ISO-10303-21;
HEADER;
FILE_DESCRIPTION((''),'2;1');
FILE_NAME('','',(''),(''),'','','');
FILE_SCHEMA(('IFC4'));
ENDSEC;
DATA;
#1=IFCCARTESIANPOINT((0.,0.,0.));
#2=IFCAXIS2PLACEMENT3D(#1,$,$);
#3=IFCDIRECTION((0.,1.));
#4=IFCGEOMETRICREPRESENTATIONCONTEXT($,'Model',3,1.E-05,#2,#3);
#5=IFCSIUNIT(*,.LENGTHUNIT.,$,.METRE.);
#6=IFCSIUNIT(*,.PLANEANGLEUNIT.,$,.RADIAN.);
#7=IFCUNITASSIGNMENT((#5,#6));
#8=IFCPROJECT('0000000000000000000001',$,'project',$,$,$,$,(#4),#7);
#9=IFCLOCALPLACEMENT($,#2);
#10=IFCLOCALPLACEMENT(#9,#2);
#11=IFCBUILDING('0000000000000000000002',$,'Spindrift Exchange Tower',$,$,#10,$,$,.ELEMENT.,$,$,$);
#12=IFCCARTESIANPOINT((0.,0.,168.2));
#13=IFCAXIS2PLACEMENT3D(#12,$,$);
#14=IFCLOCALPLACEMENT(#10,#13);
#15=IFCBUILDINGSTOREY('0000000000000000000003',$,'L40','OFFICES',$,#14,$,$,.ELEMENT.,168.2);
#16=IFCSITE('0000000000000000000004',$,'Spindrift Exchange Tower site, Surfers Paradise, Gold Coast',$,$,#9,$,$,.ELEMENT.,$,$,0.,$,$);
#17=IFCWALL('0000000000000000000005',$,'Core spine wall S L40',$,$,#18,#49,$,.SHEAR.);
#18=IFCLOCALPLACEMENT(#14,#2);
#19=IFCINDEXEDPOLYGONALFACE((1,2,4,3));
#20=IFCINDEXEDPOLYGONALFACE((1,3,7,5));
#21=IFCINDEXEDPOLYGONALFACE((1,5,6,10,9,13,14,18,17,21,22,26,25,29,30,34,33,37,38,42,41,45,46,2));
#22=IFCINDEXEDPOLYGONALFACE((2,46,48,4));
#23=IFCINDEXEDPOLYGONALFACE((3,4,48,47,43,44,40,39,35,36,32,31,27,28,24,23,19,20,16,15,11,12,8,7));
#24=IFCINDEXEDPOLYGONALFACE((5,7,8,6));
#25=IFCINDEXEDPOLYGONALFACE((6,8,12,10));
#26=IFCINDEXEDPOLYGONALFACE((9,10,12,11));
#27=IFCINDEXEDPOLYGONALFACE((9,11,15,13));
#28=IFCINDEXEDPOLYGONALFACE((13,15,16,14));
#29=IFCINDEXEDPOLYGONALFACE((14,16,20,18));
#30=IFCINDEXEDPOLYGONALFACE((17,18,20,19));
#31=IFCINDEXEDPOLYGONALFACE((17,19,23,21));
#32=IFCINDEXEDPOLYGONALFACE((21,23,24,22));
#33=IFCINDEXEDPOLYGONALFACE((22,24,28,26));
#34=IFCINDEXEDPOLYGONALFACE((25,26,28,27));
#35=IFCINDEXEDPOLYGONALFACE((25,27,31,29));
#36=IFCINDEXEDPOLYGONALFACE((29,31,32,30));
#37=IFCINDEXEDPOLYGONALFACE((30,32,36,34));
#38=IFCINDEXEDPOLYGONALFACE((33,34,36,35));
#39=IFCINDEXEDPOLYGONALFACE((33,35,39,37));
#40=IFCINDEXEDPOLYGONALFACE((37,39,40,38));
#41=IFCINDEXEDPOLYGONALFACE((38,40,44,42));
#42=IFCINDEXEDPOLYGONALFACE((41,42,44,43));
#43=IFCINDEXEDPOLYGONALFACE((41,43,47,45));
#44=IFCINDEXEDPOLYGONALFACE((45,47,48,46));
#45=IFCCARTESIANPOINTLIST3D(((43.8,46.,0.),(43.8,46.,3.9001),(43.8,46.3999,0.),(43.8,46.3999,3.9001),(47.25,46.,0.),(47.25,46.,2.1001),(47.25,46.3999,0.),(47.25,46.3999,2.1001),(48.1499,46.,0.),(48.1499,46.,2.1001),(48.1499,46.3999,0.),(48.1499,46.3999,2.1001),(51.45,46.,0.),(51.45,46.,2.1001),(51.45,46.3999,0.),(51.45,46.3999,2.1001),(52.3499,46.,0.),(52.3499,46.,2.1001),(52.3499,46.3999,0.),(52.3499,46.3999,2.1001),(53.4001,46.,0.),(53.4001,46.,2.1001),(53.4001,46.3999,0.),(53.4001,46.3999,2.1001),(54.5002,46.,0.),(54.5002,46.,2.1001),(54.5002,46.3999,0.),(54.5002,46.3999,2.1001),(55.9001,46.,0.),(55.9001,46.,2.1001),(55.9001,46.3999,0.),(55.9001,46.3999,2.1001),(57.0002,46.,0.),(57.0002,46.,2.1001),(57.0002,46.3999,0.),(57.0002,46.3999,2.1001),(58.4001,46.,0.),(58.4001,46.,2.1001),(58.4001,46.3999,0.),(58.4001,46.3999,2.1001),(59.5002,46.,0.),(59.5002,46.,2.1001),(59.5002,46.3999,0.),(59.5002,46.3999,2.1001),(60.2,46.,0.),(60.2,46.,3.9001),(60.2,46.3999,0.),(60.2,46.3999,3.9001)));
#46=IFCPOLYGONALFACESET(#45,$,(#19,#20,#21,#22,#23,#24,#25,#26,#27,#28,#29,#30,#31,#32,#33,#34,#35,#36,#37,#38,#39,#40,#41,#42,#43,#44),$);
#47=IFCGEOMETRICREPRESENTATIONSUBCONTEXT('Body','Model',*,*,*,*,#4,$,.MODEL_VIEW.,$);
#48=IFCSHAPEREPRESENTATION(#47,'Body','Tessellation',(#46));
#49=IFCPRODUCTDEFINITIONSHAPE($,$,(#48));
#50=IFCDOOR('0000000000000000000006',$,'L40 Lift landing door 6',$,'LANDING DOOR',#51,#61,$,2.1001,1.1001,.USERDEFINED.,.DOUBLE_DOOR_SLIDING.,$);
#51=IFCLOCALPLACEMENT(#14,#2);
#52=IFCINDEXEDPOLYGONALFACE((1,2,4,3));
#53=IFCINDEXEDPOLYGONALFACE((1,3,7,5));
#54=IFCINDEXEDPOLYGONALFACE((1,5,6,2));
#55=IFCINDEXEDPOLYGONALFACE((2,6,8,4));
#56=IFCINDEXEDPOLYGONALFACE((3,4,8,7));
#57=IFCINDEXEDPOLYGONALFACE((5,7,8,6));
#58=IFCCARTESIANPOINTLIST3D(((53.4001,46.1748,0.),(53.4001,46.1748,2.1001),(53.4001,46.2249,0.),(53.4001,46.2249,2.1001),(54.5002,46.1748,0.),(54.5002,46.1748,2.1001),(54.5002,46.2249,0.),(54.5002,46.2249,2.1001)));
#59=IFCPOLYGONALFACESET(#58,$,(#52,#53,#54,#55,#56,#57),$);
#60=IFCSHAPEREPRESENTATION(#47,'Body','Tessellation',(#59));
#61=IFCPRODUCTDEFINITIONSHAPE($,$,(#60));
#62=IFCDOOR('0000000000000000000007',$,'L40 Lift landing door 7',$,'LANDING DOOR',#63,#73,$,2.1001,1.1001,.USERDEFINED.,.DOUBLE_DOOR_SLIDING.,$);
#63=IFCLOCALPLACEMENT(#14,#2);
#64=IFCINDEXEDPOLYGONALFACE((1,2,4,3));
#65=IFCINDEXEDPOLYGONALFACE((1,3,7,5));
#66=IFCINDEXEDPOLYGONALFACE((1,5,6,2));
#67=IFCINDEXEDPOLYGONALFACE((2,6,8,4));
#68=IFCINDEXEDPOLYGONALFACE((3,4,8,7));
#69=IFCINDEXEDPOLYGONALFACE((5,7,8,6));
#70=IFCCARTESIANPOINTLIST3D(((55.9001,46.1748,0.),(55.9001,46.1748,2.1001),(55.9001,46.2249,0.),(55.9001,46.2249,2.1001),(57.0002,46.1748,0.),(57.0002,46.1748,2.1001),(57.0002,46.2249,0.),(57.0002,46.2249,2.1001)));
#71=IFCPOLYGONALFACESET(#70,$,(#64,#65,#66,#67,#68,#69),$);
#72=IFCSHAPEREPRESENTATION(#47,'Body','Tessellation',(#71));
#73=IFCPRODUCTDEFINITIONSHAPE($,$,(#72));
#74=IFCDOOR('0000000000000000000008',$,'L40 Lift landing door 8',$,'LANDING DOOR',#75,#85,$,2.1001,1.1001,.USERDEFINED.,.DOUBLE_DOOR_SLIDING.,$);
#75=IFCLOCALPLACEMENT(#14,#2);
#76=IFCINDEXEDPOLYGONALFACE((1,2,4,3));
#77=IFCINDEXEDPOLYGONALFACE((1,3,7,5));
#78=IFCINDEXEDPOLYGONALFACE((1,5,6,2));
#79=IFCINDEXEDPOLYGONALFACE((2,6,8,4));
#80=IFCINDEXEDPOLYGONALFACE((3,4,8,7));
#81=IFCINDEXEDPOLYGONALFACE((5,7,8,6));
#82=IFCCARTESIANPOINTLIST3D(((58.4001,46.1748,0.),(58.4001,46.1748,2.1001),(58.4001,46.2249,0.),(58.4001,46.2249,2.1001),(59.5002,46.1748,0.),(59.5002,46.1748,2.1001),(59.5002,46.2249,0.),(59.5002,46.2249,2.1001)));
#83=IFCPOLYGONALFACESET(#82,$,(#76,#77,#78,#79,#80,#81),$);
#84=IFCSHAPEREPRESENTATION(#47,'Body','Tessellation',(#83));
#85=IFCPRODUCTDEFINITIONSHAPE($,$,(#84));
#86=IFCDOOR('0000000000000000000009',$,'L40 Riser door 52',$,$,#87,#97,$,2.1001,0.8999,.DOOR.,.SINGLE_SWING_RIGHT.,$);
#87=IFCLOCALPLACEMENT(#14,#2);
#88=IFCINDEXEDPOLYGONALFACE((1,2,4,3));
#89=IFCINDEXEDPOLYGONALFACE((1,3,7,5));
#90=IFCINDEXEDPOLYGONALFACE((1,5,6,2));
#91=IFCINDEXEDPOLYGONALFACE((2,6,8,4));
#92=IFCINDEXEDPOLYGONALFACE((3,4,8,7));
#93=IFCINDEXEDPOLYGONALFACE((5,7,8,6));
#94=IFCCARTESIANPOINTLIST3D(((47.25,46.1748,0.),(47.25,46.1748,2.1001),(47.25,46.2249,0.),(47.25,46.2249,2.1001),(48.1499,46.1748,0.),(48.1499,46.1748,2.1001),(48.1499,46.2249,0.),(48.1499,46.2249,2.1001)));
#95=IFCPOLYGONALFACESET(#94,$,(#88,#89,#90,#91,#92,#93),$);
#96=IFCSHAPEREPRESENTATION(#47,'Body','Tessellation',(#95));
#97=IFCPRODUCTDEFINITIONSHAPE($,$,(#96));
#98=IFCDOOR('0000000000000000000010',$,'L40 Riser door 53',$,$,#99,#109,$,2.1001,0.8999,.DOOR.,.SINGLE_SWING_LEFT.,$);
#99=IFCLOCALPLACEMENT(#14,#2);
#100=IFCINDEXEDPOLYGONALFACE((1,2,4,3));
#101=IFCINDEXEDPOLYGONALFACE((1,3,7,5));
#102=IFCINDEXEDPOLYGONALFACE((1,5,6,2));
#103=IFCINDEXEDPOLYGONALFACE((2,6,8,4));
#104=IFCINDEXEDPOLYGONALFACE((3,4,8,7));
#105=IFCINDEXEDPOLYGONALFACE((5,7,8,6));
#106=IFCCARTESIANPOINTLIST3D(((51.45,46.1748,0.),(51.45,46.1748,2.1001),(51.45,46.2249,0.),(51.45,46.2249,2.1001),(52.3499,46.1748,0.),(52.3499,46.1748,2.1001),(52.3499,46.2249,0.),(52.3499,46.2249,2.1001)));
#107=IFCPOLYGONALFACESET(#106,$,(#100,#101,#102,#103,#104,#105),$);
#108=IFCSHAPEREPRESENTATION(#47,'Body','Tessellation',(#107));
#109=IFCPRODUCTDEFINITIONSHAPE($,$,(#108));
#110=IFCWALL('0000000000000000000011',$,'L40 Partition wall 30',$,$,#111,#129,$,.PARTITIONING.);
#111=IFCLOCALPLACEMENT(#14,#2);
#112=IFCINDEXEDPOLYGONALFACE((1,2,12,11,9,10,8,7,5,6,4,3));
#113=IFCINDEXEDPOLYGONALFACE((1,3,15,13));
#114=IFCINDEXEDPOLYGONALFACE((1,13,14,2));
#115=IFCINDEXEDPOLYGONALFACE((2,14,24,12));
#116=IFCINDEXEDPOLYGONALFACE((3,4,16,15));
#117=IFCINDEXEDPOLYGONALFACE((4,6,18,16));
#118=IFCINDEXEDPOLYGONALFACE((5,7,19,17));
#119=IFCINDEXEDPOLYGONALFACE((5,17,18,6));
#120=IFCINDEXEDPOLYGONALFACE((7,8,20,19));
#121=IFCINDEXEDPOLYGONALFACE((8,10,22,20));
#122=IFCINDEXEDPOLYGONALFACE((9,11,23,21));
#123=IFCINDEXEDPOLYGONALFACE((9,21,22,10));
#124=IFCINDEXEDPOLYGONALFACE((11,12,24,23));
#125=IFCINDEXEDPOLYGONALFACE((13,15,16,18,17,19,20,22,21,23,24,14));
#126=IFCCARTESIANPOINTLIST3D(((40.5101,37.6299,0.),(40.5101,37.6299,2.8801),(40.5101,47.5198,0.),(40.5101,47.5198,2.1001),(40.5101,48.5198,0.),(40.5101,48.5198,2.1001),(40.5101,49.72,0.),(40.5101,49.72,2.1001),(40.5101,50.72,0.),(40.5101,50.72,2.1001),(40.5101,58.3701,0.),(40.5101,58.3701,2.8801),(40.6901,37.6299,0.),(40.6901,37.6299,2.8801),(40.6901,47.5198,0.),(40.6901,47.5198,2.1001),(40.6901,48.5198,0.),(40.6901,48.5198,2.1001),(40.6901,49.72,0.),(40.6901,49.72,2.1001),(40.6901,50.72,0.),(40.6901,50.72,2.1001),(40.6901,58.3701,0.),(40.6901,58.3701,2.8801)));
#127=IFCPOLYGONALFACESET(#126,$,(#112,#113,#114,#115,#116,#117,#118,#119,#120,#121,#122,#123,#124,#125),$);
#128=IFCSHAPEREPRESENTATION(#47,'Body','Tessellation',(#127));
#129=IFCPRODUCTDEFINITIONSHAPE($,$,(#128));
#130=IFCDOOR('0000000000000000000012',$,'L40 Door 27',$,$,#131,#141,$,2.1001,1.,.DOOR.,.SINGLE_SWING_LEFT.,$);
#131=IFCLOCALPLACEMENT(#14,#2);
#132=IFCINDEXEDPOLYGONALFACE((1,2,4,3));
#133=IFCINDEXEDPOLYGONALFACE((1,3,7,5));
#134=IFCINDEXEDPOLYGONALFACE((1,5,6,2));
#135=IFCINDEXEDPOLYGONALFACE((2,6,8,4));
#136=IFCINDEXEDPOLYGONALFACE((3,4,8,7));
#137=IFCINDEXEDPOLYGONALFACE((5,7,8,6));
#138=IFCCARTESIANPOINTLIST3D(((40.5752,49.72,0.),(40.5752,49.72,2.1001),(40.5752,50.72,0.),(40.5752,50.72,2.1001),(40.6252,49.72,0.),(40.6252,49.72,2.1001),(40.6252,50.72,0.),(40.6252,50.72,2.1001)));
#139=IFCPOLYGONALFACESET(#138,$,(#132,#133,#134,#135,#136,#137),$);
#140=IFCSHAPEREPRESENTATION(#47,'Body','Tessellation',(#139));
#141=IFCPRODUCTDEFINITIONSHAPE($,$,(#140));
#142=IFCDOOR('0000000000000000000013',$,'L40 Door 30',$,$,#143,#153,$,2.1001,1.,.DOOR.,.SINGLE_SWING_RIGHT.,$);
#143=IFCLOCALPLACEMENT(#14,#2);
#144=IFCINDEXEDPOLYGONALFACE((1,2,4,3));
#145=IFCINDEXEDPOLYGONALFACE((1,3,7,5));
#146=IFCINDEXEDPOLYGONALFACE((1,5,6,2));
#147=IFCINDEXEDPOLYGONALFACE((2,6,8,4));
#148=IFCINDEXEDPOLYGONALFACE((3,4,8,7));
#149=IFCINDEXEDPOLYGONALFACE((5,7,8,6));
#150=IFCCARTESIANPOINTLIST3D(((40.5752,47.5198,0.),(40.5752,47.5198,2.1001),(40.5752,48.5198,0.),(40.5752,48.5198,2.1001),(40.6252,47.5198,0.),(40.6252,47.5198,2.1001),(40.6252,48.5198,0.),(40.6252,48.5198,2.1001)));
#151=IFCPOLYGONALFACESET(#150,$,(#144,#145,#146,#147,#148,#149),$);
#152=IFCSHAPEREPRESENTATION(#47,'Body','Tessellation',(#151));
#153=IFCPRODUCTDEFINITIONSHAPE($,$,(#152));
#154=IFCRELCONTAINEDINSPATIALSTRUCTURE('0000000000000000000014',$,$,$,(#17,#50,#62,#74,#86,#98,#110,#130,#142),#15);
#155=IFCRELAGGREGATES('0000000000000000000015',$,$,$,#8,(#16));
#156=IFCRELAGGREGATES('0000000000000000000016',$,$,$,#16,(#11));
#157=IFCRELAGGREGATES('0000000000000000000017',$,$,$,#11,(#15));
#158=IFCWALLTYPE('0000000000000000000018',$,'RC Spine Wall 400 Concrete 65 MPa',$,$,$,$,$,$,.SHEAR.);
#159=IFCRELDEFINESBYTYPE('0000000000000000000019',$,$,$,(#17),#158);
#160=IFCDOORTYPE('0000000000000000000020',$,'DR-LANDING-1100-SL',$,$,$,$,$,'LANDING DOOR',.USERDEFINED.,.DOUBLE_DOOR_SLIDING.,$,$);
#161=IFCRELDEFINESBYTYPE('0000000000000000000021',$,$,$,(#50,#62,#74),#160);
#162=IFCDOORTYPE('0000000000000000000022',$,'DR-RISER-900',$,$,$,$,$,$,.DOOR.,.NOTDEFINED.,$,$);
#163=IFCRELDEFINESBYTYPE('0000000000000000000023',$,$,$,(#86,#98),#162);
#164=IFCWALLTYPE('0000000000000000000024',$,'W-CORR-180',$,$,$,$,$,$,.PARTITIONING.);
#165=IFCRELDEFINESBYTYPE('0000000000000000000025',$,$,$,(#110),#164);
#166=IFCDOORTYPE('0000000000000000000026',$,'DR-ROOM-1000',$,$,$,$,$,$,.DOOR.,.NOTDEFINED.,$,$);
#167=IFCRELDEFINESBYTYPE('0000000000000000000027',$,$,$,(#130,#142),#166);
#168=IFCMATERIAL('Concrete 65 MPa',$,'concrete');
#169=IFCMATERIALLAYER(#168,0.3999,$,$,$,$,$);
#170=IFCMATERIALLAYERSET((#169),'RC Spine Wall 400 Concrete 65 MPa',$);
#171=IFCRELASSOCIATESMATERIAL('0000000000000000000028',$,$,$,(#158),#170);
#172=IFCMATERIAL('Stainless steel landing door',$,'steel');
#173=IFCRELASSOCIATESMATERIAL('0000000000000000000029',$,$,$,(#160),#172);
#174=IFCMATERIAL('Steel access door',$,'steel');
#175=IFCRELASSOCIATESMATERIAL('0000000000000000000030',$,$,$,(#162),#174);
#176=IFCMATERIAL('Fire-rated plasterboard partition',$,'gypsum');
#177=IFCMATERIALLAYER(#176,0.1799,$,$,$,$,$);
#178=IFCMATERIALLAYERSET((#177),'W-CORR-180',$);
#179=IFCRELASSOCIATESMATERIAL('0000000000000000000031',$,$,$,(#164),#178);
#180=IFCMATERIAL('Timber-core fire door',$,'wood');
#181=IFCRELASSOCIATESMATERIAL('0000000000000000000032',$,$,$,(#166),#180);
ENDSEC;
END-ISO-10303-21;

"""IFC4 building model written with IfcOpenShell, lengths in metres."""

from ifc_helpers import new_model, si_unit, direction, frame, frame_2d, origin, place, context, subcontext, project, spatial, rectangle, extrude, source, transform, mapped, material, layer, layer_set, type_object, element, fill, save


model = new_model("IFC4")

# Units and contexts
model_context = context("Model", 3, precision=1e-05, world=origin(), true_north=direction((0.0, 1.0)))
body_context = subcontext(model_context, "Body", "Model", "MODEL_VIEW")
ifc_project = project(units=[si_unit("LENGTHUNIT", "METRE"), si_unit("PLANEANGLEUNIT", "RADIAN")], contexts=[model_context])

# Site, building, storey
site_placement = place(None, origin())
site = spatial("IfcSite", under=ifc_project, at=site_placement, Name="Spindrift Exchange Tower site, Surfers Paradise, Gold Coast", CompositionType="ELEMENT", RefElevation=0.0)
building_placement = place(site_placement, origin())
building = spatial("IfcBuilding", under=site, at=building_placement, Name="Spindrift Exchange Tower", CompositionType="ELEMENT")
storey_placement = place(building_placement, frame((0.0, 0.0, 168.2)))
storey = spatial("IfcBuildingStorey", under=building, at=storey_placement, Name="L40", Description="OFFICES", CompositionType="ELEMENT", Elevation=168.2)

# Walls, openings, doors
ifc_material_1 = material(Name="Concrete 65 MPa", Category="concrete")
ifc_material_2 = material(Name="Timber-core fire door", Category="wood")
ifc_material_3 = material(Name="Steel access door", Category="steel")
ifc_layer_1 = layer(ifc_material_1, 0.3999)
ifc_layer_set_1 = layer_set([ifc_layer_1], Name="RC Spine Wall 400 Concrete 65 MPa")
wall_type_1 = type_object("IfcWallType", Name="RC Spine Wall 400 Concrete 65 MPa", PredefinedType="SHEAR", material=ifc_layer_set_1)
wall_1_placement = place(storey_placement, frame((43.8, 46.2, 0.0), z_axis=(0.0, 0.0, 1.0), x_axis=(1.0, 0.0, 0.0)))
wall_1 = element("IfcWall", 1, at=wall_1_placement, inside=storey, type_object=wall_type_1, Name="Core spine wall S L40", PredefinedType="SHEAR", context=body_context, shape_type="SweptSolid", body=[
    extrude(rectangle(XDim=16.3999, YDim=0.3999, at=frame_2d((8.2, 0.0))), origin(), (0.0, 0.0, 1.0), 3.9001),
])
opening_1_placement = place(wall_1_placement, frame((9.6001, 0.0, 0.0)))
opening_1 = element("IfcOpeningElement", 2, at=opening_1_placement, cuts=wall_1, PredefinedType="OPENING", context=body_context, shape_type="SweptSolid", body=[
    extrude(rectangle(XDim=1.1001, YDim=2.1001, at=frame_2d((0.55, 1.05))), frame((0.0, 0.21, 0.0), z_axis=(0.0, -1.0, 0.0), x_axis=(1.0, 0.0, 0.0)), (0.0, 0.0, 1.0), 0.4199),
])
opening_2_placement = place(wall_1_placement, frame((12.1001, 0.0, 0.0)))
opening_2 = element("IfcOpeningElement", 3, at=opening_2_placement, cuts=wall_1, PredefinedType="OPENING", context=body_context, shape_type="SweptSolid", body=[
    extrude(rectangle(XDim=1.1001, YDim=2.1001, at=frame_2d((0.55, 1.05))), frame((0.0, 0.21, 0.0), z_axis=(0.0, -1.0, 0.0), x_axis=(1.0, 0.0, 0.0)), (0.0, 0.0, 1.0), 0.4199),
])
opening_3_placement = place(wall_1_placement, frame((14.6001, 0.0, 0.0)))
opening_3 = element("IfcOpeningElement", 4, at=opening_3_placement, cuts=wall_1, PredefinedType="OPENING", context=body_context, shape_type="SweptSolid", body=[
    extrude(rectangle(XDim=1.1001, YDim=2.1001, at=frame_2d((0.55, 1.05))), frame((0.0, 0.21, 0.0), z_axis=(0.0, -1.0, 0.0), x_axis=(1.0, 0.0, 0.0)), (0.0, 0.0, 1.0), 0.4199),
])
opening_4_placement = place(wall_1_placement, frame((3.45, 0.0, 0.0)))
opening_4 = element("IfcOpeningElement", 5, at=opening_4_placement, cuts=wall_1, PredefinedType="OPENING", context=body_context, shape_type="SweptSolid", body=[
    extrude(rectangle(XDim=0.8999, YDim=2.1001, at=frame_2d((0.45, 1.05))), frame((0.0, 0.21, 0.0), z_axis=(0.0, -1.0, 0.0), x_axis=(1.0, 0.0, 0.0)), (0.0, 0.0, 1.0), 0.4199),
])
opening_5_placement = place(wall_1_placement, frame((7.6499, 0.0, 0.0)))
opening_5 = element("IfcOpeningElement", 6, at=opening_5_placement, cuts=wall_1, PredefinedType="OPENING", context=body_context, shape_type="SweptSolid", body=[
    extrude(rectangle(XDim=0.8999, YDim=2.1001, at=frame_2d((0.45, 1.05))), frame((0.0, 0.21, 0.0), z_axis=(0.0, -1.0, 0.0), x_axis=(1.0, 0.0, 0.0)), (0.0, 0.0, 1.0), 0.4199),
])
ifc_material_4 = material(Name="Stainless steel landing door", Category="steel")
door_type_1 = type_object("IfcDoorType", Name="DR-LANDING-1100-SL", ElementType="LANDING DOOR", OperationType="DOUBLE_DOOR_SLIDING", PredefinedType="USERDEFINED", material=ifc_material_4)
shared_shape_1 = source(origin(), body_context, "Body", "SweptSolid", [
    extrude(rectangle(XDim=1.1001, YDim=2.1001, at=frame_2d((0.55, 1.05))), frame((0.0, 0.0249, 0.0), z_axis=(0.0, -1.0, 0.0), x_axis=(1.0, 0.0, 0.0)), (0.0, 0.0, 1.0), 0.05),
])
door_1_placement = place(opening_1_placement, origin())
door_1 = element("IfcDoor", 7, at=door_1_placement, inside=storey, type_object=door_type_1, Name="L40 Lift landing door 6", ObjectType="LANDING DOOR", OperationType="DOUBLE_DOOR_SLIDING", OverallHeight=2.1001, OverallWidth=1.1001, PredefinedType="USERDEFINED", context=body_context, shape_type="MappedRepresentation", body=[
    mapped(shared_shape_1, transform((0.0, 0.0, 0.0), scale=1.0)),
])
fill(opening_1, door_1)
door_2_placement = place(opening_2_placement, origin())
door_2 = element("IfcDoor", 8, at=door_2_placement, inside=storey, type_object=door_type_1, Name="L40 Lift landing door 7", ObjectType="LANDING DOOR", OperationType="DOUBLE_DOOR_SLIDING", OverallHeight=2.1001, OverallWidth=1.1001, PredefinedType="USERDEFINED", context=body_context, shape_type="MappedRepresentation", body=[
    mapped(shared_shape_1, transform((0.0, 0.0, 0.0), scale=1.0)),
])
fill(opening_2, door_2)
door_3_placement = place(opening_3_placement, origin())
door_3 = element("IfcDoor", 9, at=door_3_placement, inside=storey, type_object=door_type_1, Name="L40 Lift landing door 8", ObjectType="LANDING DOOR", OperationType="DOUBLE_DOOR_SLIDING", OverallHeight=2.1001, OverallWidth=1.1001, PredefinedType="USERDEFINED", context=body_context, shape_type="MappedRepresentation", body=[
    mapped(shared_shape_1, transform((0.0, 0.0, 0.0), scale=1.0)),
])
fill(opening_3, door_3)
door_type_2 = type_object("IfcDoorType", Name="DR-RISER-900", OperationType="NOTDEFINED", PredefinedType="DOOR", material=ifc_material_3)
shared_shape_2 = source(origin(), body_context, "Body", "SweptSolid", [
    extrude(rectangle(XDim=0.8999, YDim=2.1001, at=frame_2d((0.45, 1.05))), frame((0.0, 0.0249, 0.0), z_axis=(0.0, -1.0, 0.0), x_axis=(1.0, 0.0, 0.0)), (0.0, 0.0, 1.0), 0.05),
])
door_4_placement = place(opening_4_placement, origin())
door_4 = element("IfcDoor", 10, at=door_4_placement, inside=storey, type_object=door_type_2, Name="L40 Riser door 52", OperationType="SINGLE_SWING_RIGHT", OverallHeight=2.1001, OverallWidth=0.8999, PredefinedType="DOOR", context=body_context, shape_type="MappedRepresentation", body=[
    mapped(shared_shape_2, transform((0.0, 0.0, 0.0), scale=1.0)),
])
fill(opening_4, door_4)
door_5_placement = place(opening_5_placement, origin())
door_5 = element("IfcDoor", 11, at=door_5_placement, inside=storey, type_object=door_type_2, Name="L40 Riser door 53", OperationType="SINGLE_SWING_LEFT", OverallHeight=2.1001, OverallWidth=0.8999, PredefinedType="DOOR", context=body_context, shape_type="MappedRepresentation", body=[
    mapped(shared_shape_2, transform((0.0, 0.0, 0.0), scale=1.0)),
])
fill(opening_5, door_5)
ifc_material_5 = material(Name="Fire-rated plasterboard partition", Category="gypsum")
ifc_layer_2 = layer(ifc_material_5, 0.1799)
ifc_layer_set_2 = layer_set([ifc_layer_2], Name="W-CORR-180")
wall_type_2 = type_object("IfcWallType", Name="W-CORR-180", PredefinedType="PARTITIONING", material=ifc_layer_set_2)
wall_2_placement = place(storey_placement, frame((40.6001, 37.6299, 0.0), z_axis=(0.0, 0.0, 1.0), x_axis=(0.0, 1.0, 0.0)))
wall_2 = element("IfcWall", 12, at=wall_2_placement, inside=storey, type_object=wall_type_2, Name="L40 Partition wall 30", PredefinedType="PARTITIONING", context=body_context, shape_type="SweptSolid", body=[
    extrude(rectangle(XDim=20.7402, YDim=0.1799, at=frame_2d((10.3701, 0.0))), origin(), (0.0, 0.0, 1.0), 2.8801),
])
opening_6_placement = place(wall_2_placement, frame((12.0901, 0.0, 0.0)))
opening_6 = element("IfcOpeningElement", 13, at=opening_6_placement, cuts=wall_2, PredefinedType="OPENING", context=body_context, shape_type="SweptSolid", body=[
    extrude(rectangle(XDim=1.0, YDim=2.1001, at=frame_2d((0.5, 1.05))), frame((0.0, 0.0999, 0.0), z_axis=(0.0, -1.0, 0.0), x_axis=(1.0, 0.0, 0.0)), (0.0, 0.0, 1.0), 0.2),
])
opening_7_placement = place(wall_2_placement, frame((9.8899, 0.0, 0.0)))
opening_7 = element("IfcOpeningElement", 14, at=opening_7_placement, cuts=wall_2, PredefinedType="OPENING", context=body_context, shape_type="SweptSolid", body=[
    extrude(rectangle(XDim=1.0, YDim=2.1001, at=frame_2d((0.5, 1.05))), frame((0.0, 0.0999, 0.0), z_axis=(0.0, -1.0, 0.0), x_axis=(1.0, 0.0, 0.0)), (0.0, 0.0, 1.0), 0.2),
])
door_type_3 = type_object("IfcDoorType", Name="DR-ROOM-1000", OperationType="NOTDEFINED", PredefinedType="DOOR", material=ifc_material_2)
shared_shape_3 = source(origin(), body_context, "Body", "SweptSolid", [
    extrude(rectangle(XDim=1.0, YDim=2.1001, at=frame_2d((0.5, 1.05))), frame((0.0, 0.0249, 0.0), z_axis=(0.0, -1.0, 0.0), x_axis=(1.0, 0.0, 0.0)), (0.0, 0.0, 1.0), 0.05),
])
door_6_placement = place(opening_6_placement, origin())
door_6 = element("IfcDoor", 15, at=door_6_placement, inside=storey, type_object=door_type_3, Name="L40 Door 27", OperationType="SINGLE_SWING_LEFT", OverallHeight=2.1001, OverallWidth=1.0, PredefinedType="DOOR", context=body_context, shape_type="MappedRepresentation", body=[
    mapped(shared_shape_3, transform((0.0, 0.0, 0.0), scale=1.0)),
])
fill(opening_6, door_6)
door_7_placement = place(opening_7_placement, origin())
door_7 = element("IfcDoor", 16, at=door_7_placement, inside=storey, type_object=door_type_3, Name="L40 Door 30", OperationType="SINGLE_SWING_RIGHT", OverallHeight=2.1001, OverallWidth=1.0, PredefinedType="DOOR", context=body_context, shape_type="MappedRepresentation", body=[
    mapped(shared_shape_3, transform((0.0, 0.0, 0.0), scale=1.0)),
])
fill(opening_7, door_7)

save(model, "model.ifc")
